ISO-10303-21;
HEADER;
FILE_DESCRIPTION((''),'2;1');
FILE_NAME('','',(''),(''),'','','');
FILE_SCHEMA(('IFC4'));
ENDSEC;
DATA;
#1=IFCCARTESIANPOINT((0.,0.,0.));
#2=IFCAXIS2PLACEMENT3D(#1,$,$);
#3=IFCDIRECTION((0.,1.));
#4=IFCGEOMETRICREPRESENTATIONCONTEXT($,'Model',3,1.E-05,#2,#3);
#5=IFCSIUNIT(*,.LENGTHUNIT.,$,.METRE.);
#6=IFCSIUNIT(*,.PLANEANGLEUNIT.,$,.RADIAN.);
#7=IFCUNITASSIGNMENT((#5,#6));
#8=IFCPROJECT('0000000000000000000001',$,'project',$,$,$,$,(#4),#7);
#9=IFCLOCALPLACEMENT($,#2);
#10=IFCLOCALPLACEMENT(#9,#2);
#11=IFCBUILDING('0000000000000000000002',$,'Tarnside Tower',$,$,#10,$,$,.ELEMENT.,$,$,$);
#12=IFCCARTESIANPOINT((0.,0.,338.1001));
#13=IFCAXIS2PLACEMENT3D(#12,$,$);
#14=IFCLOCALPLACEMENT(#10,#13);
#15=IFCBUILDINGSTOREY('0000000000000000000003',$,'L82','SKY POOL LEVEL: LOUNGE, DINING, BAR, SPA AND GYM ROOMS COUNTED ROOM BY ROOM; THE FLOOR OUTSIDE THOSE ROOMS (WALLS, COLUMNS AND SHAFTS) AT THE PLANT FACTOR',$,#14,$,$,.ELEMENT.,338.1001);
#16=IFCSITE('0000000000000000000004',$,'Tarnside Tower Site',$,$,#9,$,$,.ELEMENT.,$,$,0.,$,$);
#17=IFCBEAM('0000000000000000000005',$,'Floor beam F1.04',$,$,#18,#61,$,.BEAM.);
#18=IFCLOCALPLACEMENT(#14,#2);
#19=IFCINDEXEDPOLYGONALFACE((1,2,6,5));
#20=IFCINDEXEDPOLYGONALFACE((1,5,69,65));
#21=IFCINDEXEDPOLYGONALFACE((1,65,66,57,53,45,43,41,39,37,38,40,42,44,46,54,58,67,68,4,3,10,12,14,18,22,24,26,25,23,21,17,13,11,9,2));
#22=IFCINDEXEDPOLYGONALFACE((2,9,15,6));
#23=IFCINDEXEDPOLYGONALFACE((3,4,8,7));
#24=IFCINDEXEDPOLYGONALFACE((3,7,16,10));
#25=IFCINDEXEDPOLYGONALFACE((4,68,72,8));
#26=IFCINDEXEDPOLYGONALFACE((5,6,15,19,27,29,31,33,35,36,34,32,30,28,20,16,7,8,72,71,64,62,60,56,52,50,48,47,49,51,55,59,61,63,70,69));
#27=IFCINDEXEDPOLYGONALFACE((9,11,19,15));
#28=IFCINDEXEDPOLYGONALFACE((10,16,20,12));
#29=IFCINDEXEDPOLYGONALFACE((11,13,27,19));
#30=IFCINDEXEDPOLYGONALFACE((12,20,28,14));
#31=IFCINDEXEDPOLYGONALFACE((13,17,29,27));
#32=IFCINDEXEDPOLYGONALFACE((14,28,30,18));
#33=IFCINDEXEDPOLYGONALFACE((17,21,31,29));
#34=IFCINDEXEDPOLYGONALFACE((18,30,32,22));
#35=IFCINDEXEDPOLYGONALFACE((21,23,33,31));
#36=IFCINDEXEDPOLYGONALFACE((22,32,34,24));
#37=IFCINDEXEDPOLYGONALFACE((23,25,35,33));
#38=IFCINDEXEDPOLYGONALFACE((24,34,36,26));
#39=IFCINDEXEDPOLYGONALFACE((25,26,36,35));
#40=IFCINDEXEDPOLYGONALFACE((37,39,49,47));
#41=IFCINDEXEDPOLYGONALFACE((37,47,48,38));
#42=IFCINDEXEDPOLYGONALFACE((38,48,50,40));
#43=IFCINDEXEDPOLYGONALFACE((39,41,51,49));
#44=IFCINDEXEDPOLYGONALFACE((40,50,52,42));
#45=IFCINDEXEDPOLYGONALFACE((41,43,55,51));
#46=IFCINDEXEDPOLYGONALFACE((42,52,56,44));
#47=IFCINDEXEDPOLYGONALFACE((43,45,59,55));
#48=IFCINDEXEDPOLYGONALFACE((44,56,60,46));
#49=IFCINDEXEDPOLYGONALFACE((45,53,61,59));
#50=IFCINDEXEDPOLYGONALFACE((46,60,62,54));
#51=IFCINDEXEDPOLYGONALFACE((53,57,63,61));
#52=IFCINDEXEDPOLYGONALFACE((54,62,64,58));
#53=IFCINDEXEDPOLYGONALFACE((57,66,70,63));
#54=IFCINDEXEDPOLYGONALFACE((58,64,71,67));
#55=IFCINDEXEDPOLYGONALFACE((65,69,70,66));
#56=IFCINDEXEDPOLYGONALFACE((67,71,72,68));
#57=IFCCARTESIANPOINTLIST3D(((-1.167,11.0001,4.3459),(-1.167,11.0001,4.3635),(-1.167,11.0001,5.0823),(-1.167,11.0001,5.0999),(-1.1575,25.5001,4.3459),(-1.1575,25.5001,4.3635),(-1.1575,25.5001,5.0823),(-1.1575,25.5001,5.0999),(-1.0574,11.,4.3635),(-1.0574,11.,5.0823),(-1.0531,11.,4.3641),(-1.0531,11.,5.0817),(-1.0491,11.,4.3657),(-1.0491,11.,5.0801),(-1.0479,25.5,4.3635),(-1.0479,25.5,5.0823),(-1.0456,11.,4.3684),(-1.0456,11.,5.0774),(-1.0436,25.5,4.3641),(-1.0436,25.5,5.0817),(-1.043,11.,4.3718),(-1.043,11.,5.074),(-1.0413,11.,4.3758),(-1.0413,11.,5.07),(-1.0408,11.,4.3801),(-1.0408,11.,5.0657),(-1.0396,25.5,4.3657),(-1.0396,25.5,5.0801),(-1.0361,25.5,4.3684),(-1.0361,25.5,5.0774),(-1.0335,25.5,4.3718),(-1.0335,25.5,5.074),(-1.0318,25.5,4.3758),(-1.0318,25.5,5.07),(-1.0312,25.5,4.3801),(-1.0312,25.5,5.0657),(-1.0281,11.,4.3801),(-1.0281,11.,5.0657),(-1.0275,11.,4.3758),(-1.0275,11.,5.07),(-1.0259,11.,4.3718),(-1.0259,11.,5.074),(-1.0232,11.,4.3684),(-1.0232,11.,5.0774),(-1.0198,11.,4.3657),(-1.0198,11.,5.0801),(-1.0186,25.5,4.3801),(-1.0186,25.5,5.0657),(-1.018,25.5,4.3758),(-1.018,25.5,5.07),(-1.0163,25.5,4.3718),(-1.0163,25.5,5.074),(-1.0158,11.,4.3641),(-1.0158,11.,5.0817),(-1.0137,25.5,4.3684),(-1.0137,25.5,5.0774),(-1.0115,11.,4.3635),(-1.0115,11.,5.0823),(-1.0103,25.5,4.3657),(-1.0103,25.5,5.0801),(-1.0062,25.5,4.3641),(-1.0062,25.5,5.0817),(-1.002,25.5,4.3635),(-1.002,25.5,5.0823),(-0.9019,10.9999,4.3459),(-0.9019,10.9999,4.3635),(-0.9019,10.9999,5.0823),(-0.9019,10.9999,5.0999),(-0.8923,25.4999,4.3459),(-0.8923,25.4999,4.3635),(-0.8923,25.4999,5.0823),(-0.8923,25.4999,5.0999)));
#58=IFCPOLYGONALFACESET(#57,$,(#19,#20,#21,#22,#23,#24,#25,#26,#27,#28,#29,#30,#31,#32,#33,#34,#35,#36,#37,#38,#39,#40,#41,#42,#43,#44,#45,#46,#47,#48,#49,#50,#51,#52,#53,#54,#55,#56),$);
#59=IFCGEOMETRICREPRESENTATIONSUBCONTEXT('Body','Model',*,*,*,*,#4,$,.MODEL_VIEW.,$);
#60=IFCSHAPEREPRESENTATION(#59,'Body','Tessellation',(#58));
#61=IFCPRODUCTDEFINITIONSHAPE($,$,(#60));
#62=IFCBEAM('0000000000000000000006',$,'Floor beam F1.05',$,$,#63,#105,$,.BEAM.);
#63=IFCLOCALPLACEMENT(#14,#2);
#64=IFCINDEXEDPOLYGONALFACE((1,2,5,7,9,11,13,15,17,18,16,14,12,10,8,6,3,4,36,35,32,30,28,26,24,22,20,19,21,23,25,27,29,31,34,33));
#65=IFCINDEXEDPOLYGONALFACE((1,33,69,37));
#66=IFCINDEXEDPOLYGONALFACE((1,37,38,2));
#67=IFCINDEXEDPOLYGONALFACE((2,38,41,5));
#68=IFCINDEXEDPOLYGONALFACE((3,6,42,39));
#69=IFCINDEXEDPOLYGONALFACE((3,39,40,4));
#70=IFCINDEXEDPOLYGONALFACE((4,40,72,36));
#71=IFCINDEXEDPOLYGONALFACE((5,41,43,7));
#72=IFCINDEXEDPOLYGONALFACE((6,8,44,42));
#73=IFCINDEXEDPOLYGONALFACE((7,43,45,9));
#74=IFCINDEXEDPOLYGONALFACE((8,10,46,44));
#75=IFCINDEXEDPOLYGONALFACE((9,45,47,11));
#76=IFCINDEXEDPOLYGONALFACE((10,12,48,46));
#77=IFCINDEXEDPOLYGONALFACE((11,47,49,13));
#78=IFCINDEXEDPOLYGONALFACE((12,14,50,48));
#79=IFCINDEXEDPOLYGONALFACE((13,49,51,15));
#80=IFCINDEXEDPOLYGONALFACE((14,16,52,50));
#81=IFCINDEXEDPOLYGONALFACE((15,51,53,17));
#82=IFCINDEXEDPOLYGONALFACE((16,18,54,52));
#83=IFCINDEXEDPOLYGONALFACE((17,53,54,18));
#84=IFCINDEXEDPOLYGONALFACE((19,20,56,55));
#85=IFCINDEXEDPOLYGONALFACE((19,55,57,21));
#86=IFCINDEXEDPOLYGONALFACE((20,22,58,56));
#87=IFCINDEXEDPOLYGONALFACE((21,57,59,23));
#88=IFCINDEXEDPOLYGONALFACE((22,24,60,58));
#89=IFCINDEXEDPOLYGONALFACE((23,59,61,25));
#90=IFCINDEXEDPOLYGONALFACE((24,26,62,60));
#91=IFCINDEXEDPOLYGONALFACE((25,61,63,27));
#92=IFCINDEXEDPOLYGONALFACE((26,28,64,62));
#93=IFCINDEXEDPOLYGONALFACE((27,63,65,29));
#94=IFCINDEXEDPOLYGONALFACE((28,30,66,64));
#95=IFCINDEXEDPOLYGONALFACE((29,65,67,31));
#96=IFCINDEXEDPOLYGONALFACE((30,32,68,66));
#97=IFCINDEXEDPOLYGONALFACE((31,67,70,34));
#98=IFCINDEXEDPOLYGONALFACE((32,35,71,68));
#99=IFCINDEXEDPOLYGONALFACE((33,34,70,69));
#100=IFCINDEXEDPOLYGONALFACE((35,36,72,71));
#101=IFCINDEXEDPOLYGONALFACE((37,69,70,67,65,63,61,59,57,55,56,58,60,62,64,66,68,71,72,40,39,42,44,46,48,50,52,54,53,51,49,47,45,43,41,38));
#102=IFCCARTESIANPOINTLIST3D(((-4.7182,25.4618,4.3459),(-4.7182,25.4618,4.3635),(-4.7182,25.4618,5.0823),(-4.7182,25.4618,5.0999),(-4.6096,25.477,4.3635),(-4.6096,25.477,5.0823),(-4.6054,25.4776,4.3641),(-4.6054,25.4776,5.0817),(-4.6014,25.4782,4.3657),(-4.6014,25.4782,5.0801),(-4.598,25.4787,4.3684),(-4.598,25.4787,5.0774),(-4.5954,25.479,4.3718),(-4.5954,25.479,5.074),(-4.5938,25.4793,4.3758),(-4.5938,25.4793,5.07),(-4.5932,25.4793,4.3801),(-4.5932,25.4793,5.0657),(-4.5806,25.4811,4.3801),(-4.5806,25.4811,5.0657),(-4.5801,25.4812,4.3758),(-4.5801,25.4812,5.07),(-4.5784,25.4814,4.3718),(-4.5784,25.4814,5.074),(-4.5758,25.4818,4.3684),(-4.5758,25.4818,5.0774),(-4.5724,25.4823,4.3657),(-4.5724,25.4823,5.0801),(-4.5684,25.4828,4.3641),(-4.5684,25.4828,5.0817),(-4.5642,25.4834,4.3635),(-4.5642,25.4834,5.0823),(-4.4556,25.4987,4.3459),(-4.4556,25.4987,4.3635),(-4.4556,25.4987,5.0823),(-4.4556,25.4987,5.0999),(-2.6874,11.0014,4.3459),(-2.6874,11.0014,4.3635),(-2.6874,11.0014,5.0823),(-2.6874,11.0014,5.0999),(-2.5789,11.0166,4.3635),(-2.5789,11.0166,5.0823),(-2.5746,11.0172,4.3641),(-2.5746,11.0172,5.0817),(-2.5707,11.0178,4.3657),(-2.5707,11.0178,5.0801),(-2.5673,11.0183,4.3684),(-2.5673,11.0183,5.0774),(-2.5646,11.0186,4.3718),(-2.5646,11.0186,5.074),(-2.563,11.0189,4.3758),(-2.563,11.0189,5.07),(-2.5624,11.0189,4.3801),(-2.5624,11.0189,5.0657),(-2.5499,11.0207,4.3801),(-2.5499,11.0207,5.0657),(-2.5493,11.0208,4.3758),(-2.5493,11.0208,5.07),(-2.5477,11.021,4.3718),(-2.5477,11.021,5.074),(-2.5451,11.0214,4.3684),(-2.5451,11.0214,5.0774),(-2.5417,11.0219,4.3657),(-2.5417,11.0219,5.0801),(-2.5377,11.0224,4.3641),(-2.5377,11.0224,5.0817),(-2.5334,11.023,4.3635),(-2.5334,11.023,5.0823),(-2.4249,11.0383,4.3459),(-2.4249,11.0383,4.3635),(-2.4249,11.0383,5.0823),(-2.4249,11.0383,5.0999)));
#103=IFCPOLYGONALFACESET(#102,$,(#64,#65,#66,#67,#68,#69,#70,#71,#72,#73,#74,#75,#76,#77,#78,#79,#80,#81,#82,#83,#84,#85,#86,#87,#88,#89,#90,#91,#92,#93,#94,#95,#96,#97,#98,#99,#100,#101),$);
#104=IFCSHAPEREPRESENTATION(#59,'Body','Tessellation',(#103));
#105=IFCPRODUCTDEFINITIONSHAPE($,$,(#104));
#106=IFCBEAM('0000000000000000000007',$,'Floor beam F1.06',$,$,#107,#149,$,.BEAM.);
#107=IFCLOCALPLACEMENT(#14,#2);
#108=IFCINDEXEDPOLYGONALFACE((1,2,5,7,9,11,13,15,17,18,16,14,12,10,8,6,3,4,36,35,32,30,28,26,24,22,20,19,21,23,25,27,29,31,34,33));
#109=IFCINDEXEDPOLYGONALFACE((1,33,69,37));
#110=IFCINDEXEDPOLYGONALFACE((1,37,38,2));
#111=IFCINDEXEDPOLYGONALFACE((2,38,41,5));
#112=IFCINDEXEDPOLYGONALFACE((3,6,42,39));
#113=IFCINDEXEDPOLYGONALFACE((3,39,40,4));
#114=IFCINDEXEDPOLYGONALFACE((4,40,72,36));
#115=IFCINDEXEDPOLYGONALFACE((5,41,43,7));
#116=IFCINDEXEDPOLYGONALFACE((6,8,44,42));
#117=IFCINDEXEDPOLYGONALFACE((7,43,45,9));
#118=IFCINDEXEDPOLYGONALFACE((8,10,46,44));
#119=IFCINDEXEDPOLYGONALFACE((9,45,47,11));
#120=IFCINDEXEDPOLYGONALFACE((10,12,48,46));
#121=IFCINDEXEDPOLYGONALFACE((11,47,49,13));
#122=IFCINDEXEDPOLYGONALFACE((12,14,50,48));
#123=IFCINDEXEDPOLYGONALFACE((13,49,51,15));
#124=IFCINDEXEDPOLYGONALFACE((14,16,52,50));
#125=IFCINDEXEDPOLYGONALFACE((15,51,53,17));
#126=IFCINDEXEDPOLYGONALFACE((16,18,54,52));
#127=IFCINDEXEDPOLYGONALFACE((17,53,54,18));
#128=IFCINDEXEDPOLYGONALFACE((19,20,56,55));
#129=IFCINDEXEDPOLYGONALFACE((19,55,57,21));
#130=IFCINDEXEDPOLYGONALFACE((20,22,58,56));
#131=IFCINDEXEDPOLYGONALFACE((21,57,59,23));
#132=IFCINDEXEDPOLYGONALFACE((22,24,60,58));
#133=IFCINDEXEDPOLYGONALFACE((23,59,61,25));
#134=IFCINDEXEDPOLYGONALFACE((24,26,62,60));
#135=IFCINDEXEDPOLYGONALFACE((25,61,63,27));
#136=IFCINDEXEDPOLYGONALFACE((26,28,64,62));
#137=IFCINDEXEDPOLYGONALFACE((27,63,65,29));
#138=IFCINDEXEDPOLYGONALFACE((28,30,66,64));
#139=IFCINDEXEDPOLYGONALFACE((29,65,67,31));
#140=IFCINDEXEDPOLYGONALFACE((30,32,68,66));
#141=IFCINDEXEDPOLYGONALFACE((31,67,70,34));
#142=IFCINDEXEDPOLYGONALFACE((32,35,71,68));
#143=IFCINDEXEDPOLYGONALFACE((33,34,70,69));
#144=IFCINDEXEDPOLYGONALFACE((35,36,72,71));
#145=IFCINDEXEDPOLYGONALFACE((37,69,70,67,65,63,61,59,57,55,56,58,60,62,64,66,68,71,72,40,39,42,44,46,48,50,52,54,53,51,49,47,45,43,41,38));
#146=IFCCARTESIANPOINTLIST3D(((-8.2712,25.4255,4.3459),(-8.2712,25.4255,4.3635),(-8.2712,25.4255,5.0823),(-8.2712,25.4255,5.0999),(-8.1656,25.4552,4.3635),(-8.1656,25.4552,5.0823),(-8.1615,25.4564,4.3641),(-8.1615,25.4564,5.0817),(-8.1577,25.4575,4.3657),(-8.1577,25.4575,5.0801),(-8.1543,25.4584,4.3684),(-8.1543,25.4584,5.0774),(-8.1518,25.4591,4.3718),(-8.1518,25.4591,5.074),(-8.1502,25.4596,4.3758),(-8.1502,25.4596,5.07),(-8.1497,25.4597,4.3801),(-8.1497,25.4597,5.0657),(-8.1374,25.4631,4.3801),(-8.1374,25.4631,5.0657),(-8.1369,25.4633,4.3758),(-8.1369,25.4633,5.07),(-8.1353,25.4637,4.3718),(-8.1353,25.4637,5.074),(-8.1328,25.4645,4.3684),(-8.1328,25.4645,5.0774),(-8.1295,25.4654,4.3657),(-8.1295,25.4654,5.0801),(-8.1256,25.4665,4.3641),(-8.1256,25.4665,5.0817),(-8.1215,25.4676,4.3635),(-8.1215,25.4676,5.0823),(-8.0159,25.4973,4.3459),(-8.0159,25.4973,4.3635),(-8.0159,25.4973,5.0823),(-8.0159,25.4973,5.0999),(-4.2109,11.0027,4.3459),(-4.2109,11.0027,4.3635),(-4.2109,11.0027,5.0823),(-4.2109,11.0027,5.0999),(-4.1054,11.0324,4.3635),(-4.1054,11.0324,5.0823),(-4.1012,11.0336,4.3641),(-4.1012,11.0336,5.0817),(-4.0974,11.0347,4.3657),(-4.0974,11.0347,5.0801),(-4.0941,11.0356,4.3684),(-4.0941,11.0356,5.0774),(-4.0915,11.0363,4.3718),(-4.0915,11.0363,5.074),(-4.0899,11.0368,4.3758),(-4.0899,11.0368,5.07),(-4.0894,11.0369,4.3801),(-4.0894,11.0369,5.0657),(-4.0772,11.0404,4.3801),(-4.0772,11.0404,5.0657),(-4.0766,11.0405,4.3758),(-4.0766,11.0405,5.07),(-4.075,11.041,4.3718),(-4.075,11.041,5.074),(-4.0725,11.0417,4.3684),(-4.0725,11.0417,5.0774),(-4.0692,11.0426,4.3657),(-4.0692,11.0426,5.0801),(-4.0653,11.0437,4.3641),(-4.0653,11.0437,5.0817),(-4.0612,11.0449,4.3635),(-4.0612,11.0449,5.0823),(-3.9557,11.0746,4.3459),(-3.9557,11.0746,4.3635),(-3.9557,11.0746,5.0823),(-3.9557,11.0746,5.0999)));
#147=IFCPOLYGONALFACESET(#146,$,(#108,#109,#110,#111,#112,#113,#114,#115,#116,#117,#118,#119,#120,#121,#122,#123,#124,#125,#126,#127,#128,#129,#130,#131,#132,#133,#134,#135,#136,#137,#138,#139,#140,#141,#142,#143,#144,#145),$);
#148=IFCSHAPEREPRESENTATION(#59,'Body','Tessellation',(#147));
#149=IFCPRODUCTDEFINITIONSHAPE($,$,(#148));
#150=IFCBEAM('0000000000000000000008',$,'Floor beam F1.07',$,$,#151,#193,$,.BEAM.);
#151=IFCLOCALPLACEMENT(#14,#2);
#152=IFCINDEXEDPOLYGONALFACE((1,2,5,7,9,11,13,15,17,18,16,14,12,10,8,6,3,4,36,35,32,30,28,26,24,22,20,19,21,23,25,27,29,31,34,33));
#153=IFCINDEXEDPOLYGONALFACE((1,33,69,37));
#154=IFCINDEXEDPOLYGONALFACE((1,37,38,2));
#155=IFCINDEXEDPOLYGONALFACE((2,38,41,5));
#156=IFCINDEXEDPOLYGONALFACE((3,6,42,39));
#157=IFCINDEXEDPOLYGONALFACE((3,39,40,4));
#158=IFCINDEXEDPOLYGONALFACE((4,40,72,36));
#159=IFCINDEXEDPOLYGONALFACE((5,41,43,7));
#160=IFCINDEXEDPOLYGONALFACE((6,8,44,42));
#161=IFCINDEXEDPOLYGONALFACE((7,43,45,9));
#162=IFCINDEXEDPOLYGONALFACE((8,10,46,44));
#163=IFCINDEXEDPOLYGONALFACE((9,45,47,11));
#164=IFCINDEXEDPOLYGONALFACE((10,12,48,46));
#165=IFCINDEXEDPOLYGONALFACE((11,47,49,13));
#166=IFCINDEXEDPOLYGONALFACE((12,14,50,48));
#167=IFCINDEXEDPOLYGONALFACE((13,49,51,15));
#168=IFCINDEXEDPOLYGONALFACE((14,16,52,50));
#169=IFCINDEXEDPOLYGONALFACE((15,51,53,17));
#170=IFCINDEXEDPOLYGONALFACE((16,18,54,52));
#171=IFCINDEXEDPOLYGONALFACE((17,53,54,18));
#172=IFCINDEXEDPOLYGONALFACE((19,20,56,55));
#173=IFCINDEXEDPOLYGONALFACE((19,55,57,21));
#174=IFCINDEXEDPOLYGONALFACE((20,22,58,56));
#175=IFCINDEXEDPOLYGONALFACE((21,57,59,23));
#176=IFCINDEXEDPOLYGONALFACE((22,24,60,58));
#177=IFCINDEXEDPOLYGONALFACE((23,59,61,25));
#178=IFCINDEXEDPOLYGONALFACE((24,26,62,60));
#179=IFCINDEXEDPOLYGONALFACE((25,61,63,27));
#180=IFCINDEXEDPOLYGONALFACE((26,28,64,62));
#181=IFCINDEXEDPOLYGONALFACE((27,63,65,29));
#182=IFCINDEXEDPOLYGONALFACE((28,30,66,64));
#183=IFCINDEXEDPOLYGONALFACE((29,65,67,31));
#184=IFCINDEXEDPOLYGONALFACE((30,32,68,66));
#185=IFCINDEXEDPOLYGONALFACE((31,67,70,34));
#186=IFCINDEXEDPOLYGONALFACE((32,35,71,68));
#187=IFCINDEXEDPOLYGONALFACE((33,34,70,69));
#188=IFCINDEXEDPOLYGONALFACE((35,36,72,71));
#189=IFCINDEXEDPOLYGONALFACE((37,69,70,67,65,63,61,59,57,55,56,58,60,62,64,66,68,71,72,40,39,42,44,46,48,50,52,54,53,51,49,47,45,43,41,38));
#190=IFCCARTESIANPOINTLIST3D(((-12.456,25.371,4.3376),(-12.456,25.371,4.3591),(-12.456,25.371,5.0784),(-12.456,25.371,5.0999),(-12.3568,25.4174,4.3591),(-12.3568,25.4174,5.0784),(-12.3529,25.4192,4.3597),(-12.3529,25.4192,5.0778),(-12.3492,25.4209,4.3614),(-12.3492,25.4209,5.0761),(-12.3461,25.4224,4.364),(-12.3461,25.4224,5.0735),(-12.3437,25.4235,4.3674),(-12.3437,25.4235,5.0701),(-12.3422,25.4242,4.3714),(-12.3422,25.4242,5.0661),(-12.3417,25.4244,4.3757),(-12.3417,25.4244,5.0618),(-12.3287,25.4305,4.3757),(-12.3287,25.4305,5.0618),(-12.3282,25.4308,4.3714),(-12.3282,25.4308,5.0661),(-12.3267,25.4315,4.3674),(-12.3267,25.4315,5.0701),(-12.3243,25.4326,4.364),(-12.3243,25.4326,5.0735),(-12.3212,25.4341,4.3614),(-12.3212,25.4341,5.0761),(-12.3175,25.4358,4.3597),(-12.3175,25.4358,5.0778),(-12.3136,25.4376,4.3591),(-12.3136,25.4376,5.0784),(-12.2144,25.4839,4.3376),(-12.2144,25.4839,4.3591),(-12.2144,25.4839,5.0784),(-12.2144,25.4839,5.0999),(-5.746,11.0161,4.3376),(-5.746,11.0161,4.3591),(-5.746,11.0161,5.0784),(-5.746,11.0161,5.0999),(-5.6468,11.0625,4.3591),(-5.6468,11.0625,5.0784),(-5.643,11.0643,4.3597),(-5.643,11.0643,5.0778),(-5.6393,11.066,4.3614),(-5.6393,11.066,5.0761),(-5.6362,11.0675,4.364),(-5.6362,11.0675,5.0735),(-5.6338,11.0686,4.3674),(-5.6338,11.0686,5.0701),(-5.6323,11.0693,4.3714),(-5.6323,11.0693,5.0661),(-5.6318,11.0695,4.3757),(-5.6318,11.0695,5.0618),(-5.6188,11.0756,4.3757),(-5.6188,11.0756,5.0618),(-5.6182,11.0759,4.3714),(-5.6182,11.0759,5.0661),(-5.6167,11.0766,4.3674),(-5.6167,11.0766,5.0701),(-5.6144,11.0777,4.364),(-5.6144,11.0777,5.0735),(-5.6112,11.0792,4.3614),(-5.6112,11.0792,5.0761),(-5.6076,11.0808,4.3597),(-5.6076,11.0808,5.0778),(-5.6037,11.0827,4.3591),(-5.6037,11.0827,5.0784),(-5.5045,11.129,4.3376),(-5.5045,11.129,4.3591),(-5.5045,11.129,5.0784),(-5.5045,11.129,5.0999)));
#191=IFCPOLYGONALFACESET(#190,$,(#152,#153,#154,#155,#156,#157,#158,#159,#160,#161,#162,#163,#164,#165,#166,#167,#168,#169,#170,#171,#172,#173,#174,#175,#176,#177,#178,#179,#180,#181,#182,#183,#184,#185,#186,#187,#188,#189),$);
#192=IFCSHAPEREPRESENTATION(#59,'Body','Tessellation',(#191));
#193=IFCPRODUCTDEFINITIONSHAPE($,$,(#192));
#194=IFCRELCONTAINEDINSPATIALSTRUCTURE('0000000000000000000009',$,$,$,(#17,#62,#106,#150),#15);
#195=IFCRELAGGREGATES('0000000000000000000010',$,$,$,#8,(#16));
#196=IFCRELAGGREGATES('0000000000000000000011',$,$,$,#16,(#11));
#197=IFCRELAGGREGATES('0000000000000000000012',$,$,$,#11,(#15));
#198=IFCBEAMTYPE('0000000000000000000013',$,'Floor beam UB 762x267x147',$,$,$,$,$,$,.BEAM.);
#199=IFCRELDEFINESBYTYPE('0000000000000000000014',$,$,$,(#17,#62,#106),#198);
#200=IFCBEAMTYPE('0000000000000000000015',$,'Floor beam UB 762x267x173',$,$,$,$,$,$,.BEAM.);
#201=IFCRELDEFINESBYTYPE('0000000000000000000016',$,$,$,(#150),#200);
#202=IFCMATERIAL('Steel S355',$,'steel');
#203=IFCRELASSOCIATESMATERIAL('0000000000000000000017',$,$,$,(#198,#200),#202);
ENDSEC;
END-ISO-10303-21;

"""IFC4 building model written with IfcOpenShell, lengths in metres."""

from ifc_helpers import new_model, si_unit, direction, frame, origin, origin_2d, place, context, subcontext, project, spatial, i_section, extrude, material, material_profile, profile_set, type_object, element, save


model = new_model("IFC4")

# Units and contexts
model_context = context("Model", 3, precision=1e-05, world=origin(), true_north=direction((0.0, 1.0)))
body_context = subcontext(model_context, "Body", "Model", "MODEL_VIEW")
ifc_project = project(units=[si_unit("LENGTHUNIT", "METRE"), si_unit("PLANEANGLEUNIT", "RADIAN")], contexts=[model_context])

# Site, building, storey
site_placement = place(None, origin())
site = spatial("IfcSite", under=ifc_project, at=site_placement, Name="Tarnside Tower Site", CompositionType="ELEMENT", RefElevation=0.0)
building_placement = place(site_placement, origin())
building = spatial("IfcBuilding", under=site, at=building_placement, Name="Tarnside Tower", CompositionType="ELEMENT")
storey_placement = place(building_placement, frame((0.0, 0.0, 338.1001)))
storey = spatial("IfcBuildingStorey", under=building, at=storey_placement, Name="L82", Description="SKY POOL LEVEL: LOUNGE, DINING, BAR, SPA AND GYM ROOMS COUNTED ROOM BY ROOM; THE FLOOR OUTSIDE THOSE ROOMS (WALLS, COLUMNS AND SHAFTS) AT THE PLANT FACTOR", CompositionType="ELEMENT", Elevation=338.1001)

# Beams
ifc_material_1 = material(Name="Steel S355", Category="steel")
ifc_material_profile_1 = material_profile(ifc_material_1, i_section(OverallWidth=0.2651, OverallDepth=0.7539, WebThickness=0.0127, FlangeThickness=0.0176, FilletRadius=0.0166, at=origin_2d()), Name="UB 762x267x147")
ifc_profile_set_1 = profile_set([ifc_material_profile_1], Name="Steel S355")
beam_type_1 = type_object("IfcBeamType", Name="Floor beam UB 762x267x147", PredefinedType="BEAM", material=ifc_profile_set_1)
beam_1_placement = place(storey_placement, frame((-1.0249, 25.5, 4.7229), z_axis=(-0.000657, -1.0, 0.0), x_axis=(1.0, -0.000657, 0.0)))
element("IfcBeam", 1, at=beam_1_placement, inside=storey, type_object=beam_type_1, Name="Floor beam F1.04", PredefinedType="BEAM", context=body_context, shape_type="SweptSolid", body=[
    extrude(i_section(OverallWidth=0.2651, OverallDepth=0.7539, WebThickness=0.0127, FlangeThickness=0.0176, FilletRadius=0.0166, at=origin_2d()), origin(), (0.0, 0.0, 1.0), 14.5),
])
beam_2_placement = place(storey_placement, frame((-4.5869, 25.4802, 4.7229), z_axis=(0.139071, -0.990282, 0.0), x_axis=(0.990282, 0.139071, 0.0)))
element("IfcBeam", 2, at=beam_2_placement, inside=storey, type_object=beam_type_1, Name="Floor beam F1.05", PredefinedType="BEAM", context=body_context, shape_type="SweptSolid", body=[
    extrude(i_section(OverallWidth=0.2651, OverallDepth=0.7539, WebThickness=0.0127, FlangeThickness=0.0176, FilletRadius=0.0166, at=origin_2d()), origin(), (0.0, 0.0, 1.0), 14.6023),
])
beam_3_placement = place(storey_placement, frame((-8.1436, 25.4614, 4.7229), z_axis=(0.270985, -0.962583, 0.0), x_axis=(0.962583, 0.270985, 0.0)))
element("IfcBeam", 3, at=beam_3_placement, inside=storey, type_object=beam_type_1, Name="Floor beam F1.06", PredefinedType="BEAM", context=body_context, shape_type="SweptSolid", body=[
    extrude(i_section(OverallWidth=0.2651, OverallDepth=0.7539, WebThickness=0.0127, FlangeThickness=0.0176, FilletRadius=0.0166, at=origin_2d()), origin(), (0.0, 0.0, 1.0), 14.9834),
])
ifc_material_profile_2 = material_profile(ifc_material_1, i_section(OverallWidth=0.2666, OverallDepth=0.7622, WebThickness=0.0144, FlangeThickness=0.0215, FilletRadius=0.0166, at=origin_2d()), Name="UB 762x267x173")
ifc_profile_set_2 = profile_set([ifc_material_profile_2], Name="Steel S355")
beam_type_2 = type_object("IfcBeamType", Name="Floor beam UB 762x267x173", PredefinedType="BEAM", material=ifc_profile_set_2)
beam_4_placement = place(storey_placement, frame((-12.3352, 25.4275, 4.7188), z_axis=(0.423454, -0.905918, 0.0), x_axis=(0.905918, 0.423454, 0.0)))
element("IfcBeam", 4, at=beam_4_placement, inside=storey, type_object=beam_type_2, Name="Floor beam F1.07", PredefinedType="BEAM", context=body_context, shape_type="SweptSolid", body=[
    extrude(i_section(OverallWidth=0.2666, OverallDepth=0.7622, WebThickness=0.0144, FlangeThickness=0.0215, FilletRadius=0.0166, at=origin_2d()), origin(), (0.0, 0.0, 1.0), 15.8457),
])

save(model, "model.ifc")
